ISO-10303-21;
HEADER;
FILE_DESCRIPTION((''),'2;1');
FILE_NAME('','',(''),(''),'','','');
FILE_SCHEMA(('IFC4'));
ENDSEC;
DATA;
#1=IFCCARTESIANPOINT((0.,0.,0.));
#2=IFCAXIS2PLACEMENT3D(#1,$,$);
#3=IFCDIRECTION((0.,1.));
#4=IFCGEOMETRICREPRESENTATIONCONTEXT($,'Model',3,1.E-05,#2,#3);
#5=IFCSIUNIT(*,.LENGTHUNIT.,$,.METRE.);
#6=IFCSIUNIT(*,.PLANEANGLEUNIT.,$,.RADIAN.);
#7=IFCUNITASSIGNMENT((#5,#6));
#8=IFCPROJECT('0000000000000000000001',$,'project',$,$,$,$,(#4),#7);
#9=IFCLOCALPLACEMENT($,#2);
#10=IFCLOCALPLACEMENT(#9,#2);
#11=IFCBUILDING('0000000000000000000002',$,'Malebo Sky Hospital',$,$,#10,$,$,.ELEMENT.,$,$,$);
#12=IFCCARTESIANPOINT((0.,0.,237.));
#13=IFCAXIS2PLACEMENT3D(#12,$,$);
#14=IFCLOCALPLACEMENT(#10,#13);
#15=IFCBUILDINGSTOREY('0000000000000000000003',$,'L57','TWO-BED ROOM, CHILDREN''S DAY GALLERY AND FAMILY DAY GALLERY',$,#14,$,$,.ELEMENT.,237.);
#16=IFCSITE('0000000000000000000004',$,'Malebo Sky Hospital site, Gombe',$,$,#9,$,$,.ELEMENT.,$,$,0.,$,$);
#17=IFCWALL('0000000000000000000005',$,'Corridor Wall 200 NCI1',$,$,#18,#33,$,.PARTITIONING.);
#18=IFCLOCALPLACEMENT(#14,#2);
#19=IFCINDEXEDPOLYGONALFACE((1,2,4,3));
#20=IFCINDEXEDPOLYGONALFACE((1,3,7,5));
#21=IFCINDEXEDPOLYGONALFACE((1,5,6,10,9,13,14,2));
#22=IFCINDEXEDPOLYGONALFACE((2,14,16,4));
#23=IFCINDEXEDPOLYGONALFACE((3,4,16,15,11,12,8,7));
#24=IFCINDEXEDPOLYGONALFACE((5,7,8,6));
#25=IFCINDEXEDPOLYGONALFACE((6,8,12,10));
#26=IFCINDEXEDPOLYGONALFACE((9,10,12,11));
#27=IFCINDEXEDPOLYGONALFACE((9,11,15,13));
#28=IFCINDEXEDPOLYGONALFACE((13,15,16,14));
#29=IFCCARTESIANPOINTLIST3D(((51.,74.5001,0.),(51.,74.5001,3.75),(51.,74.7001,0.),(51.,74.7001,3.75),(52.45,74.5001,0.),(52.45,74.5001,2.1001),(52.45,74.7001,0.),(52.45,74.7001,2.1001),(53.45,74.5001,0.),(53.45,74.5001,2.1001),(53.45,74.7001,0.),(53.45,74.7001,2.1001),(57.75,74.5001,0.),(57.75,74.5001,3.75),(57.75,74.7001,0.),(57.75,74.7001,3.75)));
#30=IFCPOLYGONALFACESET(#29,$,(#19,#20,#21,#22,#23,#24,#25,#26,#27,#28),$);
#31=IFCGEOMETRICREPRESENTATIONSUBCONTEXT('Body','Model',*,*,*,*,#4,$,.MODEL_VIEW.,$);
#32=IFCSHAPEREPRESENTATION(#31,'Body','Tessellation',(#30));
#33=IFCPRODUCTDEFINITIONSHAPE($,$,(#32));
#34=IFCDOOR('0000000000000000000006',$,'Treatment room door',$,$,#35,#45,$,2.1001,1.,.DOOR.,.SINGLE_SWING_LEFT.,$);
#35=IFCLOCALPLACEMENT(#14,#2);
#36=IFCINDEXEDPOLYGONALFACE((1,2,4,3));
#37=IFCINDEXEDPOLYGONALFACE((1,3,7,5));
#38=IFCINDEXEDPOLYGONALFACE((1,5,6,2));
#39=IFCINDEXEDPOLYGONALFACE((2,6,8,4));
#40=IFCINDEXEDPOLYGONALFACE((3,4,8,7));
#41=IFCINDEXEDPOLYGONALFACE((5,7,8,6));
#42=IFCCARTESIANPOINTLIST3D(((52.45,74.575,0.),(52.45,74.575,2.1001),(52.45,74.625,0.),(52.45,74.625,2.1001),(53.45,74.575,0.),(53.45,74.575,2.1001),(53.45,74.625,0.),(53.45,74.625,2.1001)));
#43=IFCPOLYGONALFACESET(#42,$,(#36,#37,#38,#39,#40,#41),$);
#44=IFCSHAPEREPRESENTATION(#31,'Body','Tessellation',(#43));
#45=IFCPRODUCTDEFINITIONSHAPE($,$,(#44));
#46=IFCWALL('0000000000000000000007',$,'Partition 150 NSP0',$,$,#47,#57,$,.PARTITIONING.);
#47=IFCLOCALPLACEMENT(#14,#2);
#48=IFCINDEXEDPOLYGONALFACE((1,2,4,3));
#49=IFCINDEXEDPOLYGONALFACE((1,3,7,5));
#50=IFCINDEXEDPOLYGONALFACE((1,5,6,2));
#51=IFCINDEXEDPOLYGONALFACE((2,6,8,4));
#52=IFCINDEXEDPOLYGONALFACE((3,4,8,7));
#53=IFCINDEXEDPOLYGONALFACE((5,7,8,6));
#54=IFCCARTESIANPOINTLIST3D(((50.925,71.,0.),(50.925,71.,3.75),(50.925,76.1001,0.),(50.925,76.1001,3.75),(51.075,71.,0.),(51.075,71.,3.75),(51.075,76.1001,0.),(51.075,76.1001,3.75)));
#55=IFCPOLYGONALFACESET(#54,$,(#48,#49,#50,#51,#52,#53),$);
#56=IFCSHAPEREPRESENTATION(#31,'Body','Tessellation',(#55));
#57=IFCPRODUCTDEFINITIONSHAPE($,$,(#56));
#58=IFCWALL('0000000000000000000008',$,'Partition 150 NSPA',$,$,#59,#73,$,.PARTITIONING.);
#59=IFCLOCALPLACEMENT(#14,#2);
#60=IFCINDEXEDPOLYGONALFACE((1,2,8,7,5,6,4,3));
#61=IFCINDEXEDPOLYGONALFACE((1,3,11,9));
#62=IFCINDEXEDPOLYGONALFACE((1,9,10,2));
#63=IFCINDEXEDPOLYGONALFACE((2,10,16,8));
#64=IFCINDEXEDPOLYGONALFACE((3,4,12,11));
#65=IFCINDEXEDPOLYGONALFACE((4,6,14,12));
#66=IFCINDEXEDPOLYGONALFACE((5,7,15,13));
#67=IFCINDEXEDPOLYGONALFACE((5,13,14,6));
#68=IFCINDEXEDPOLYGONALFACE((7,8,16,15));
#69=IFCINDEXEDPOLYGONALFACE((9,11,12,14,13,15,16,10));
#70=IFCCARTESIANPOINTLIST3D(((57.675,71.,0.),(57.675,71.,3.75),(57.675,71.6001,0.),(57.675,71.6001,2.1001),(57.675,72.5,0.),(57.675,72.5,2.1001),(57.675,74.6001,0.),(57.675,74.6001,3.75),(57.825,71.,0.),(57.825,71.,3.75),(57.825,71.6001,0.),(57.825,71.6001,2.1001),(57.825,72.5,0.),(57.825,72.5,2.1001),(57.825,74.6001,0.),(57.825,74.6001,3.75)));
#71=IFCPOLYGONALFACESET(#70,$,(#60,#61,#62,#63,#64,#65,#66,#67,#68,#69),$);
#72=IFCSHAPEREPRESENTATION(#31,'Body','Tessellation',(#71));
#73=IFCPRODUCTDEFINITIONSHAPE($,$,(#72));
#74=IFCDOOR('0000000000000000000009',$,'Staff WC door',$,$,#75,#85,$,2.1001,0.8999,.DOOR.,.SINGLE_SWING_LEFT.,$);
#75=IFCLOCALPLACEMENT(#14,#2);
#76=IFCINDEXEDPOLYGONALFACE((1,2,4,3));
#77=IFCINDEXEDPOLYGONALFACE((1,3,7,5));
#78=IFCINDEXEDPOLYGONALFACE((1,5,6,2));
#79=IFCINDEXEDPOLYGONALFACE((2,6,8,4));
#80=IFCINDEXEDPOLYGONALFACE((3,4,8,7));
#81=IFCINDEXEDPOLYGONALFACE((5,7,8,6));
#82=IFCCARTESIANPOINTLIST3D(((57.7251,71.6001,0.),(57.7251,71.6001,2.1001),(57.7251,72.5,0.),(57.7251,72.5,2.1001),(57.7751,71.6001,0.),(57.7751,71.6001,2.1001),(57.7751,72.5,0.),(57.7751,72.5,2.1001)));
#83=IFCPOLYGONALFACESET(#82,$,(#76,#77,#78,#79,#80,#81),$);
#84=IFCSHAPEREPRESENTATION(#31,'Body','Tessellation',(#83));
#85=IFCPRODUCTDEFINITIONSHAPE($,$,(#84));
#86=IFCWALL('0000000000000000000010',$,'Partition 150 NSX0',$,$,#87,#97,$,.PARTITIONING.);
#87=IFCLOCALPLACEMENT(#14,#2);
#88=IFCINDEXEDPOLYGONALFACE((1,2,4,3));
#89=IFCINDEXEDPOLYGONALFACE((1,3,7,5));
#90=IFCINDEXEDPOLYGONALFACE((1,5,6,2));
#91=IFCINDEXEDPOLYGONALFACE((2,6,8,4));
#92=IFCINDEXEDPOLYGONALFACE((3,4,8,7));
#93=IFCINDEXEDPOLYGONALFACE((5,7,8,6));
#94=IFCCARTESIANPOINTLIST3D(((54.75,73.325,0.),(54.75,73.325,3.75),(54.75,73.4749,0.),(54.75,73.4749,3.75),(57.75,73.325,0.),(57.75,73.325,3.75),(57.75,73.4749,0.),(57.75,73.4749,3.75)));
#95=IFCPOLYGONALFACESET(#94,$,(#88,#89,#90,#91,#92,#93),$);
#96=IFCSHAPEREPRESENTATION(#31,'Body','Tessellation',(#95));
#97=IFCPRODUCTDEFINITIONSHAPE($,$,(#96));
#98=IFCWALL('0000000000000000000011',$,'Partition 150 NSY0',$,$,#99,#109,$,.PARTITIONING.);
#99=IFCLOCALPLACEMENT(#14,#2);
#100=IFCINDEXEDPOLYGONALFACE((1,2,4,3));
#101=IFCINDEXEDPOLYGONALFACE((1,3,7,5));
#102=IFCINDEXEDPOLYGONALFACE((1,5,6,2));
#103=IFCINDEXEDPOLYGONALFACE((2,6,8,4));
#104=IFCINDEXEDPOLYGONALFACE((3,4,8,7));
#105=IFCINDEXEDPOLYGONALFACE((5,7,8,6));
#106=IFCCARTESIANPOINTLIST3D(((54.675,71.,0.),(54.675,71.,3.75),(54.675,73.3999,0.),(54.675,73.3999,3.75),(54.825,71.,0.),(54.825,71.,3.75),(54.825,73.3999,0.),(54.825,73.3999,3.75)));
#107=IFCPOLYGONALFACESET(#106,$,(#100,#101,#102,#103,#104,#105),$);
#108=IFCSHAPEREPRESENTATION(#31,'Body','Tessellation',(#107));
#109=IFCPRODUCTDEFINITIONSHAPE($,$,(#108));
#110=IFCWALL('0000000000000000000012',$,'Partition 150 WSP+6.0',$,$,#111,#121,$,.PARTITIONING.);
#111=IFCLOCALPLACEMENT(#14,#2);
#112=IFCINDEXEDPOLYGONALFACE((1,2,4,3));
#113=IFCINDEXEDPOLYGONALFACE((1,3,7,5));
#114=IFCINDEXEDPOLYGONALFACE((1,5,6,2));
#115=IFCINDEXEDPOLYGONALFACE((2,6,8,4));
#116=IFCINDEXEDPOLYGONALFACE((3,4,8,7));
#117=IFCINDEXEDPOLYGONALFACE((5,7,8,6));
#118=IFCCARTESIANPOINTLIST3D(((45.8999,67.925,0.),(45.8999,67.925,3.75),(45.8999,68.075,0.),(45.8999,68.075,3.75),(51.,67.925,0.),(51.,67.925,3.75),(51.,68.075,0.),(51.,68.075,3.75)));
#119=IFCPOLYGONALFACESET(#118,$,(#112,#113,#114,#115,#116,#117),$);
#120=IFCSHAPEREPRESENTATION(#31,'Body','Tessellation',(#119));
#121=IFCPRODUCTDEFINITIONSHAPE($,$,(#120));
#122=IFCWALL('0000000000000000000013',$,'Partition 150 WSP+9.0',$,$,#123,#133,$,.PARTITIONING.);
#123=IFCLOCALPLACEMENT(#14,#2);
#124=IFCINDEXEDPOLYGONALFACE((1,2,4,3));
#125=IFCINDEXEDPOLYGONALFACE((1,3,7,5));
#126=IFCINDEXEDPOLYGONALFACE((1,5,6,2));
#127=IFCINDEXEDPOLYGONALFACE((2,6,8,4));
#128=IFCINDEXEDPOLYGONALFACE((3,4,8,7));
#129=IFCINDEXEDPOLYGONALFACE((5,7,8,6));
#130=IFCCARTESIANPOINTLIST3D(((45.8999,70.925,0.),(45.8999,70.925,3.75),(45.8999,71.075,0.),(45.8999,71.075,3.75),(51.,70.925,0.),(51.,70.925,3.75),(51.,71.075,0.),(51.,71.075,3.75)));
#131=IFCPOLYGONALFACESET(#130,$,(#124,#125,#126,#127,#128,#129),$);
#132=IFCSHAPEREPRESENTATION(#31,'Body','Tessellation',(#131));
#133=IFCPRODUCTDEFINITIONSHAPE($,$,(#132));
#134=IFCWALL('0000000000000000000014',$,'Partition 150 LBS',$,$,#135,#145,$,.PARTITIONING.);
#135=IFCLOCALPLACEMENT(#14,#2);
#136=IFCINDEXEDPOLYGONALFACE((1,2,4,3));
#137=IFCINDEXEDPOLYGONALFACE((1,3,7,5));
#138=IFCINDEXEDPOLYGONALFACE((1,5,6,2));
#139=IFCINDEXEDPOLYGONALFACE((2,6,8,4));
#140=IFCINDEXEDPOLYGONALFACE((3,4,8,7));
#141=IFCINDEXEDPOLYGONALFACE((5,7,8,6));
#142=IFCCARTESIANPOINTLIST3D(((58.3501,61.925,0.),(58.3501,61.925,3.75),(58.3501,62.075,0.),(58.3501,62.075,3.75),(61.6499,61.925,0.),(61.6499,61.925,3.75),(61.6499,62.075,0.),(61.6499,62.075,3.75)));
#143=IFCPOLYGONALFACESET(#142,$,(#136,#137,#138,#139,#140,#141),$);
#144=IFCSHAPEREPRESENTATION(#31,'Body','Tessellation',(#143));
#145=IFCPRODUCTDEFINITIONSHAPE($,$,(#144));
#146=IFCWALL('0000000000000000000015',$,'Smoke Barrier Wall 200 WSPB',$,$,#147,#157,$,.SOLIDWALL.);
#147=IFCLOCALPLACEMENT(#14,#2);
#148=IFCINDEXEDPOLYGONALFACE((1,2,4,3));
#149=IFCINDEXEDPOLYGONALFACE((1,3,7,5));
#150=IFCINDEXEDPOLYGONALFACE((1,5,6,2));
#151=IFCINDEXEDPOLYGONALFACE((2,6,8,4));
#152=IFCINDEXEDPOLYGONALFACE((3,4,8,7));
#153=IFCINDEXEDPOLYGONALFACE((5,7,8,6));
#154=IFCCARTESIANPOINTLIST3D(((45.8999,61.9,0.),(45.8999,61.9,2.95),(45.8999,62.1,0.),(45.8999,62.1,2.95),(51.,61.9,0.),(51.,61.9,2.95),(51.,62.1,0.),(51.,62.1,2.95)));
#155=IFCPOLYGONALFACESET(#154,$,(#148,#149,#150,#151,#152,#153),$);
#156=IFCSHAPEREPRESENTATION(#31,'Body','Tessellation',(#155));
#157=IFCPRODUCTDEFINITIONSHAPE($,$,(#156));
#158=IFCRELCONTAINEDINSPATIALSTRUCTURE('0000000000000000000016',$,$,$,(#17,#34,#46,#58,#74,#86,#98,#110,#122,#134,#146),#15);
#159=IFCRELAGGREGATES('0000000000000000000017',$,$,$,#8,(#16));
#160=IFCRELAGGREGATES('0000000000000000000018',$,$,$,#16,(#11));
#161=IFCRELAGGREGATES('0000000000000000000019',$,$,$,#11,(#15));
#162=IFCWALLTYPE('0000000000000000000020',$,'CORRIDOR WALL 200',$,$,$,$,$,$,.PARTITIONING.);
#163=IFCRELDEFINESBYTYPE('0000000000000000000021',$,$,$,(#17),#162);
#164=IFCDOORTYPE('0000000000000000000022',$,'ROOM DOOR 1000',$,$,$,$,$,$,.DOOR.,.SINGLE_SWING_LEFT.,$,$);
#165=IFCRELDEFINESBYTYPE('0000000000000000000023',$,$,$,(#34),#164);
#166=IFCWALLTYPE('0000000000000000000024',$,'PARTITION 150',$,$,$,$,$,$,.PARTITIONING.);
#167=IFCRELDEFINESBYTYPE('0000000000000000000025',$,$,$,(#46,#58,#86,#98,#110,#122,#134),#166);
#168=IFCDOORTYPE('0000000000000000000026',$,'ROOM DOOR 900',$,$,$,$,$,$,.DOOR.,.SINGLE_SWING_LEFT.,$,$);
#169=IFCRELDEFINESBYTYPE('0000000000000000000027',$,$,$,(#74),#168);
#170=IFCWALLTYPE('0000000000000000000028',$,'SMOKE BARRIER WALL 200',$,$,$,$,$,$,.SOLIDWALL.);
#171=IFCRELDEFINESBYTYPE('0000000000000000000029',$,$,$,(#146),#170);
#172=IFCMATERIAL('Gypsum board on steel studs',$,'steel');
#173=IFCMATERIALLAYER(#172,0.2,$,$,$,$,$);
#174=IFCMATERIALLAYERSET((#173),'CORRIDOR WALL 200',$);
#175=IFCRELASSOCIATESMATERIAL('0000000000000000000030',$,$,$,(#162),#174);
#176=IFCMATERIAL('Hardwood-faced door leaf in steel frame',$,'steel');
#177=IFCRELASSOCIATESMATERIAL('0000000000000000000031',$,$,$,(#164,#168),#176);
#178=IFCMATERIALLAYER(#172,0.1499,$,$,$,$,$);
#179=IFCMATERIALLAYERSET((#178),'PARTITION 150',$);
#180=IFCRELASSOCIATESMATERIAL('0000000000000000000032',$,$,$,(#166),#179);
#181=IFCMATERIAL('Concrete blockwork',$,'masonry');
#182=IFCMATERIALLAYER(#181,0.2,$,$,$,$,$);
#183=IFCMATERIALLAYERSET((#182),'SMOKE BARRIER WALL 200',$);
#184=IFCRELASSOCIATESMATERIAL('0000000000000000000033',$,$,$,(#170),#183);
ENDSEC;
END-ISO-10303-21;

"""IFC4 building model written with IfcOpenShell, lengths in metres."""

from ifc_helpers import new_model, si_unit, direction, frame, frame_2d, origin, place, context, subcontext, project, spatial, rectangle, extrude, material, layer, layer_set, type_object, element, fill, save


model = new_model("IFC4")

# Units and contexts
model_context = context("Model", 3, precision=1e-05, world=origin(), true_north=direction((0.0, 1.0)))
body_context = subcontext(model_context, "Body", "Model", "MODEL_VIEW")
ifc_project = project(units=[si_unit("LENGTHUNIT", "METRE"), si_unit("PLANEANGLEUNIT", "RADIAN")], contexts=[model_context])

# Site, building, storey
site_placement = place(None, origin())
site = spatial("IfcSite", under=ifc_project, at=site_placement, Name="Malebo Sky Hospital site, Gombe", CompositionType="ELEMENT", RefElevation=0.0)
building_placement = place(site_placement, origin())
building = spatial("IfcBuilding", under=site, at=building_placement, Name="Malebo Sky Hospital", CompositionType="ELEMENT")
storey_placement = place(building_placement, frame((0.0, 0.0, 237.0)))
storey = spatial("IfcBuildingStorey", under=building, at=storey_placement, Name="L57", Description="TWO-BED ROOM, CHILDREN'S DAY GALLERY AND FAMILY DAY GALLERY", CompositionType="ELEMENT", Elevation=237.0)

# Wall, opening, door
ifc_material_1 = material(Name="Hardwood-faced door leaf in steel frame", Category="steel")
ifc_material_2 = material(Name="Gypsum board on steel studs", Category="steel")
ifc_layer_1 = layer(ifc_material_2, 0.2)
ifc_layer_set_1 = layer_set([ifc_layer_1], Name="CORRIDOR WALL 200")
wall_type_1 = type_object("IfcWallType", Name="CORRIDOR WALL 200", PredefinedType="PARTITIONING", material=ifc_layer_set_1)
wall_1_placement = place(storey_placement, frame((51.0, 74.6001, 0.0), z_axis=(0.0, 0.0, 1.0), x_axis=(1.0, 0.0, 0.0)))
wall_1 = element("IfcWall", 1, at=wall_1_placement, inside=storey, type_object=wall_type_1, Name="Corridor Wall 200 NCI1", PredefinedType="PARTITIONING", context=body_context, shape_type="SweptSolid", body=[
    extrude(rectangle(XDim=6.75, YDim=0.2, at=frame_2d((3.375, 0.0))), origin(), (0.0, 0.0, 1.0), 3.75),
])
opening_1_placement = place(wall_1_placement, frame((1.45, 0.0, 0.0)))
opening_1 = element("IfcOpeningElement", 2, at=opening_1_placement, cuts=wall_1, PredefinedType="OPENING", context=body_context, shape_type="SweptSolid", body=[
    extrude(rectangle(XDim=1.0, YDim=2.1001, at=frame_2d((0.5, 1.05))), frame((0.0, 0.1099, 0.0), z_axis=(0.0, -1.0, 0.0), x_axis=(1.0, 0.0, 0.0)), (0.0, 0.0, 1.0), 0.22),
])
door_type_1 = type_object("IfcDoorType", Name="ROOM DOOR 1000", OperationType="SINGLE_SWING_LEFT", PredefinedType="DOOR", material=ifc_material_1)
door_1_placement = place(opening_1_placement, origin())
door_1 = element("IfcDoor", 3, at=door_1_placement, inside=storey, type_object=door_type_1, Name="Treatment room door", OperationType="SINGLE_SWING_LEFT", OverallHeight=2.1001, OverallWidth=1.0, PredefinedType="DOOR", context=body_context, shape_type="SweptSolid", body=[
    extrude(rectangle(XDim=1.0, YDim=2.1001, at=frame_2d((0.5, 1.05))), frame((0.0, 0.0249, 0.0), z_axis=(0.0, -1.0, 0.0), x_axis=(1.0, 0.0, 0.0)), (0.0, 0.0, 1.0), 0.05),
])
fill(opening_1, door_1)

# Wall
ifc_layer_2 = layer(ifc_material_2, 0.1499)
ifc_layer_set_2 = layer_set([ifc_layer_2], Name="PARTITION 150")
wall_type_2 = type_object("IfcWallType", Name="PARTITION 150", PredefinedType="PARTITIONING", material=ifc_layer_set_2)
wall_2_placement = place(storey_placement, frame((51.0, 71.0, 0.0), z_axis=(0.0, 0.0, 1.0), x_axis=(0.0, 1.0, 0.0)))
element("IfcWall", 4, at=wall_2_placement, inside=storey, type_object=wall_type_2, Name="Partition 150 NSP0", PredefinedType="PARTITIONING", context=body_context, shape_type="SweptSolid", body=[
    extrude(rectangle(XDim=5.1001, YDim=0.1499, at=frame_2d((2.55, 0.0))), origin(), (0.0, 0.0, 1.0), 3.75),
])

# Wall, opening, door
wall_3_placement = place(storey_placement, frame((57.75, 71.0, 0.0), z_axis=(0.0, 0.0, 1.0), x_axis=(0.0, 1.0, 0.0)))
wall_3 = element("IfcWall", 5, at=wall_3_placement, inside=storey, type_object=wall_type_2, Name="Partition 150 NSPA", PredefinedType="PARTITIONING", context=body_context, shape_type="SweptSolid", body=[
    extrude(rectangle(XDim=3.6001, YDim=0.1499, at=frame_2d((1.8, 0.0))), origin(), (0.0, 0.0, 1.0), 3.75),
])
opening_2_placement = place(wall_3_placement, frame((0.6001, 0.0, 0.0)))
opening_2 = element("IfcOpeningElement", 6, at=opening_2_placement, cuts=wall_3, PredefinedType="OPENING", context=body_context, shape_type="SweptSolid", body=[
    extrude(rectangle(XDim=0.8999, YDim=2.1001, at=frame_2d((0.45, 1.05))), frame((0.0, 0.085, 0.0), z_axis=(0.0, -1.0, 0.0), x_axis=(1.0, 0.0, 0.0)), (0.0, 0.0, 1.0), 0.1699),
])
door_type_2 = type_object("IfcDoorType", Name="ROOM DOOR 900", OperationType="SINGLE_SWING_LEFT", PredefinedType="DOOR", material=ifc_material_1)
door_2_placement = place(opening_2_placement, origin())
door_2 = element("IfcDoor", 7, at=door_2_placement, inside=storey, type_object=door_type_2, Name="Staff WC door", OperationType="SINGLE_SWING_LEFT", OverallHeight=2.1001, OverallWidth=0.8999, PredefinedType="DOOR", context=body_context, shape_type="SweptSolid", body=[
    extrude(rectangle(XDim=0.8999, YDim=2.1001, at=frame_2d((0.45, 1.05))), frame((0.0, 0.0249, 0.0), z_axis=(0.0, -1.0, 0.0), x_axis=(1.0, 0.0, 0.0)), (0.0, 0.0, 1.0), 0.05),
])
fill(opening_2, door_2)

# Walls
wall_4_placement = place(storey_placement, frame((54.75, 73.3999, 0.0), z_axis=(0.0, 0.0, 1.0), x_axis=(1.0, 0.0, 0.0)))
element("IfcWall", 8, at=wall_4_placement, inside=storey, type_object=wall_type_2, Name="Partition 150 NSX0", PredefinedType="PARTITIONING", context=body_context, shape_type="SweptSolid", body=[
    extrude(rectangle(XDim=3.0, YDim=0.1499, at=frame_2d((1.5, 0.0))), origin(), (0.0, 0.0, 1.0), 3.75),
])
wall_5_placement = place(storey_placement, frame((54.75, 71.0, 0.0), z_axis=(0.0, 0.0, 1.0), x_axis=(0.0, 1.0, 0.0)))
element("IfcWall", 9, at=wall_5_placement, inside=storey, type_object=wall_type_2, Name="Partition 150 NSY0", PredefinedType="PARTITIONING", context=body_context, shape_type="SweptSolid", body=[
    extrude(rectangle(XDim=2.3999, YDim=0.1499, at=frame_2d((1.2, 0.0))), origin(), (0.0, 0.0, 1.0), 3.75),
])
for number, where, z_axis, x_axis, name in (
    (10, (51.0, 68.0, 0.0), (0.0, 0.0, 1.0), (-1.0, 0.0, 0.0), "Partition 150 WSP+6.0"),
    (11, (51.0, 71.0, 0.0), (0.0, 0.0, 1.0), (-1.0, 0.0, 0.0), "Partition 150 WSP+9.0"),
):
    element("IfcWall", number, at=place(storey_placement, frame(where, z_axis=z_axis, x_axis=x_axis)), inside=storey, type_object=wall_type_2, Name=name, PredefinedType="PARTITIONING", context=body_context, shape_type="SweptSolid", body=[
        extrude(rectangle(XDim=5.1001, YDim=0.1499, at=frame_2d((2.55, 0.0))), origin(), (0.0, 0.0, 1.0), 3.75),
    ])
wall_6_placement = place(storey_placement, frame((58.3501, 62.0, 0.0), z_axis=(0.0, 0.0, 1.0), x_axis=(1.0, 0.0, 0.0)))
element("IfcWall", 12, at=wall_6_placement, inside=storey, type_object=wall_type_2, Name="Partition 150 LBS", PredefinedType="PARTITIONING", context=body_context, shape_type="SweptSolid", body=[
    extrude(rectangle(XDim=3.2998, YDim=0.1499, at=frame_2d((1.6499, 0.0))), origin(), (0.0, 0.0, 1.0), 3.75),
])
ifc_material_3 = material(Name="Concrete blockwork", Category="masonry")
ifc_layer_3 = layer(ifc_material_3, 0.2)
ifc_layer_set_3 = layer_set([ifc_layer_3], Name="SMOKE BARRIER WALL 200")
wall_type_3 = type_object("IfcWallType", Name="SMOKE BARRIER WALL 200", PredefinedType="SOLIDWALL", material=ifc_layer_set_3)
wall_7_placement = place(storey_placement, frame((51.0, 62.0, 0.0), z_axis=(0.0, 0.0, 1.0), x_axis=(-1.0, 0.0, 0.0)))
element("IfcWall", 13, at=wall_7_placement, inside=storey, type_object=wall_type_3, Name="Smoke Barrier Wall 200 WSPB", PredefinedType="SOLIDWALL", context=body_context, shape_type="SweptSolid", body=[
    extrude(rectangle(XDim=5.1001, YDim=0.2, at=frame_2d((2.55, 0.0))), origin(), (0.0, 0.0, 1.0), 2.95),
])

save(model, "model.ifc")
